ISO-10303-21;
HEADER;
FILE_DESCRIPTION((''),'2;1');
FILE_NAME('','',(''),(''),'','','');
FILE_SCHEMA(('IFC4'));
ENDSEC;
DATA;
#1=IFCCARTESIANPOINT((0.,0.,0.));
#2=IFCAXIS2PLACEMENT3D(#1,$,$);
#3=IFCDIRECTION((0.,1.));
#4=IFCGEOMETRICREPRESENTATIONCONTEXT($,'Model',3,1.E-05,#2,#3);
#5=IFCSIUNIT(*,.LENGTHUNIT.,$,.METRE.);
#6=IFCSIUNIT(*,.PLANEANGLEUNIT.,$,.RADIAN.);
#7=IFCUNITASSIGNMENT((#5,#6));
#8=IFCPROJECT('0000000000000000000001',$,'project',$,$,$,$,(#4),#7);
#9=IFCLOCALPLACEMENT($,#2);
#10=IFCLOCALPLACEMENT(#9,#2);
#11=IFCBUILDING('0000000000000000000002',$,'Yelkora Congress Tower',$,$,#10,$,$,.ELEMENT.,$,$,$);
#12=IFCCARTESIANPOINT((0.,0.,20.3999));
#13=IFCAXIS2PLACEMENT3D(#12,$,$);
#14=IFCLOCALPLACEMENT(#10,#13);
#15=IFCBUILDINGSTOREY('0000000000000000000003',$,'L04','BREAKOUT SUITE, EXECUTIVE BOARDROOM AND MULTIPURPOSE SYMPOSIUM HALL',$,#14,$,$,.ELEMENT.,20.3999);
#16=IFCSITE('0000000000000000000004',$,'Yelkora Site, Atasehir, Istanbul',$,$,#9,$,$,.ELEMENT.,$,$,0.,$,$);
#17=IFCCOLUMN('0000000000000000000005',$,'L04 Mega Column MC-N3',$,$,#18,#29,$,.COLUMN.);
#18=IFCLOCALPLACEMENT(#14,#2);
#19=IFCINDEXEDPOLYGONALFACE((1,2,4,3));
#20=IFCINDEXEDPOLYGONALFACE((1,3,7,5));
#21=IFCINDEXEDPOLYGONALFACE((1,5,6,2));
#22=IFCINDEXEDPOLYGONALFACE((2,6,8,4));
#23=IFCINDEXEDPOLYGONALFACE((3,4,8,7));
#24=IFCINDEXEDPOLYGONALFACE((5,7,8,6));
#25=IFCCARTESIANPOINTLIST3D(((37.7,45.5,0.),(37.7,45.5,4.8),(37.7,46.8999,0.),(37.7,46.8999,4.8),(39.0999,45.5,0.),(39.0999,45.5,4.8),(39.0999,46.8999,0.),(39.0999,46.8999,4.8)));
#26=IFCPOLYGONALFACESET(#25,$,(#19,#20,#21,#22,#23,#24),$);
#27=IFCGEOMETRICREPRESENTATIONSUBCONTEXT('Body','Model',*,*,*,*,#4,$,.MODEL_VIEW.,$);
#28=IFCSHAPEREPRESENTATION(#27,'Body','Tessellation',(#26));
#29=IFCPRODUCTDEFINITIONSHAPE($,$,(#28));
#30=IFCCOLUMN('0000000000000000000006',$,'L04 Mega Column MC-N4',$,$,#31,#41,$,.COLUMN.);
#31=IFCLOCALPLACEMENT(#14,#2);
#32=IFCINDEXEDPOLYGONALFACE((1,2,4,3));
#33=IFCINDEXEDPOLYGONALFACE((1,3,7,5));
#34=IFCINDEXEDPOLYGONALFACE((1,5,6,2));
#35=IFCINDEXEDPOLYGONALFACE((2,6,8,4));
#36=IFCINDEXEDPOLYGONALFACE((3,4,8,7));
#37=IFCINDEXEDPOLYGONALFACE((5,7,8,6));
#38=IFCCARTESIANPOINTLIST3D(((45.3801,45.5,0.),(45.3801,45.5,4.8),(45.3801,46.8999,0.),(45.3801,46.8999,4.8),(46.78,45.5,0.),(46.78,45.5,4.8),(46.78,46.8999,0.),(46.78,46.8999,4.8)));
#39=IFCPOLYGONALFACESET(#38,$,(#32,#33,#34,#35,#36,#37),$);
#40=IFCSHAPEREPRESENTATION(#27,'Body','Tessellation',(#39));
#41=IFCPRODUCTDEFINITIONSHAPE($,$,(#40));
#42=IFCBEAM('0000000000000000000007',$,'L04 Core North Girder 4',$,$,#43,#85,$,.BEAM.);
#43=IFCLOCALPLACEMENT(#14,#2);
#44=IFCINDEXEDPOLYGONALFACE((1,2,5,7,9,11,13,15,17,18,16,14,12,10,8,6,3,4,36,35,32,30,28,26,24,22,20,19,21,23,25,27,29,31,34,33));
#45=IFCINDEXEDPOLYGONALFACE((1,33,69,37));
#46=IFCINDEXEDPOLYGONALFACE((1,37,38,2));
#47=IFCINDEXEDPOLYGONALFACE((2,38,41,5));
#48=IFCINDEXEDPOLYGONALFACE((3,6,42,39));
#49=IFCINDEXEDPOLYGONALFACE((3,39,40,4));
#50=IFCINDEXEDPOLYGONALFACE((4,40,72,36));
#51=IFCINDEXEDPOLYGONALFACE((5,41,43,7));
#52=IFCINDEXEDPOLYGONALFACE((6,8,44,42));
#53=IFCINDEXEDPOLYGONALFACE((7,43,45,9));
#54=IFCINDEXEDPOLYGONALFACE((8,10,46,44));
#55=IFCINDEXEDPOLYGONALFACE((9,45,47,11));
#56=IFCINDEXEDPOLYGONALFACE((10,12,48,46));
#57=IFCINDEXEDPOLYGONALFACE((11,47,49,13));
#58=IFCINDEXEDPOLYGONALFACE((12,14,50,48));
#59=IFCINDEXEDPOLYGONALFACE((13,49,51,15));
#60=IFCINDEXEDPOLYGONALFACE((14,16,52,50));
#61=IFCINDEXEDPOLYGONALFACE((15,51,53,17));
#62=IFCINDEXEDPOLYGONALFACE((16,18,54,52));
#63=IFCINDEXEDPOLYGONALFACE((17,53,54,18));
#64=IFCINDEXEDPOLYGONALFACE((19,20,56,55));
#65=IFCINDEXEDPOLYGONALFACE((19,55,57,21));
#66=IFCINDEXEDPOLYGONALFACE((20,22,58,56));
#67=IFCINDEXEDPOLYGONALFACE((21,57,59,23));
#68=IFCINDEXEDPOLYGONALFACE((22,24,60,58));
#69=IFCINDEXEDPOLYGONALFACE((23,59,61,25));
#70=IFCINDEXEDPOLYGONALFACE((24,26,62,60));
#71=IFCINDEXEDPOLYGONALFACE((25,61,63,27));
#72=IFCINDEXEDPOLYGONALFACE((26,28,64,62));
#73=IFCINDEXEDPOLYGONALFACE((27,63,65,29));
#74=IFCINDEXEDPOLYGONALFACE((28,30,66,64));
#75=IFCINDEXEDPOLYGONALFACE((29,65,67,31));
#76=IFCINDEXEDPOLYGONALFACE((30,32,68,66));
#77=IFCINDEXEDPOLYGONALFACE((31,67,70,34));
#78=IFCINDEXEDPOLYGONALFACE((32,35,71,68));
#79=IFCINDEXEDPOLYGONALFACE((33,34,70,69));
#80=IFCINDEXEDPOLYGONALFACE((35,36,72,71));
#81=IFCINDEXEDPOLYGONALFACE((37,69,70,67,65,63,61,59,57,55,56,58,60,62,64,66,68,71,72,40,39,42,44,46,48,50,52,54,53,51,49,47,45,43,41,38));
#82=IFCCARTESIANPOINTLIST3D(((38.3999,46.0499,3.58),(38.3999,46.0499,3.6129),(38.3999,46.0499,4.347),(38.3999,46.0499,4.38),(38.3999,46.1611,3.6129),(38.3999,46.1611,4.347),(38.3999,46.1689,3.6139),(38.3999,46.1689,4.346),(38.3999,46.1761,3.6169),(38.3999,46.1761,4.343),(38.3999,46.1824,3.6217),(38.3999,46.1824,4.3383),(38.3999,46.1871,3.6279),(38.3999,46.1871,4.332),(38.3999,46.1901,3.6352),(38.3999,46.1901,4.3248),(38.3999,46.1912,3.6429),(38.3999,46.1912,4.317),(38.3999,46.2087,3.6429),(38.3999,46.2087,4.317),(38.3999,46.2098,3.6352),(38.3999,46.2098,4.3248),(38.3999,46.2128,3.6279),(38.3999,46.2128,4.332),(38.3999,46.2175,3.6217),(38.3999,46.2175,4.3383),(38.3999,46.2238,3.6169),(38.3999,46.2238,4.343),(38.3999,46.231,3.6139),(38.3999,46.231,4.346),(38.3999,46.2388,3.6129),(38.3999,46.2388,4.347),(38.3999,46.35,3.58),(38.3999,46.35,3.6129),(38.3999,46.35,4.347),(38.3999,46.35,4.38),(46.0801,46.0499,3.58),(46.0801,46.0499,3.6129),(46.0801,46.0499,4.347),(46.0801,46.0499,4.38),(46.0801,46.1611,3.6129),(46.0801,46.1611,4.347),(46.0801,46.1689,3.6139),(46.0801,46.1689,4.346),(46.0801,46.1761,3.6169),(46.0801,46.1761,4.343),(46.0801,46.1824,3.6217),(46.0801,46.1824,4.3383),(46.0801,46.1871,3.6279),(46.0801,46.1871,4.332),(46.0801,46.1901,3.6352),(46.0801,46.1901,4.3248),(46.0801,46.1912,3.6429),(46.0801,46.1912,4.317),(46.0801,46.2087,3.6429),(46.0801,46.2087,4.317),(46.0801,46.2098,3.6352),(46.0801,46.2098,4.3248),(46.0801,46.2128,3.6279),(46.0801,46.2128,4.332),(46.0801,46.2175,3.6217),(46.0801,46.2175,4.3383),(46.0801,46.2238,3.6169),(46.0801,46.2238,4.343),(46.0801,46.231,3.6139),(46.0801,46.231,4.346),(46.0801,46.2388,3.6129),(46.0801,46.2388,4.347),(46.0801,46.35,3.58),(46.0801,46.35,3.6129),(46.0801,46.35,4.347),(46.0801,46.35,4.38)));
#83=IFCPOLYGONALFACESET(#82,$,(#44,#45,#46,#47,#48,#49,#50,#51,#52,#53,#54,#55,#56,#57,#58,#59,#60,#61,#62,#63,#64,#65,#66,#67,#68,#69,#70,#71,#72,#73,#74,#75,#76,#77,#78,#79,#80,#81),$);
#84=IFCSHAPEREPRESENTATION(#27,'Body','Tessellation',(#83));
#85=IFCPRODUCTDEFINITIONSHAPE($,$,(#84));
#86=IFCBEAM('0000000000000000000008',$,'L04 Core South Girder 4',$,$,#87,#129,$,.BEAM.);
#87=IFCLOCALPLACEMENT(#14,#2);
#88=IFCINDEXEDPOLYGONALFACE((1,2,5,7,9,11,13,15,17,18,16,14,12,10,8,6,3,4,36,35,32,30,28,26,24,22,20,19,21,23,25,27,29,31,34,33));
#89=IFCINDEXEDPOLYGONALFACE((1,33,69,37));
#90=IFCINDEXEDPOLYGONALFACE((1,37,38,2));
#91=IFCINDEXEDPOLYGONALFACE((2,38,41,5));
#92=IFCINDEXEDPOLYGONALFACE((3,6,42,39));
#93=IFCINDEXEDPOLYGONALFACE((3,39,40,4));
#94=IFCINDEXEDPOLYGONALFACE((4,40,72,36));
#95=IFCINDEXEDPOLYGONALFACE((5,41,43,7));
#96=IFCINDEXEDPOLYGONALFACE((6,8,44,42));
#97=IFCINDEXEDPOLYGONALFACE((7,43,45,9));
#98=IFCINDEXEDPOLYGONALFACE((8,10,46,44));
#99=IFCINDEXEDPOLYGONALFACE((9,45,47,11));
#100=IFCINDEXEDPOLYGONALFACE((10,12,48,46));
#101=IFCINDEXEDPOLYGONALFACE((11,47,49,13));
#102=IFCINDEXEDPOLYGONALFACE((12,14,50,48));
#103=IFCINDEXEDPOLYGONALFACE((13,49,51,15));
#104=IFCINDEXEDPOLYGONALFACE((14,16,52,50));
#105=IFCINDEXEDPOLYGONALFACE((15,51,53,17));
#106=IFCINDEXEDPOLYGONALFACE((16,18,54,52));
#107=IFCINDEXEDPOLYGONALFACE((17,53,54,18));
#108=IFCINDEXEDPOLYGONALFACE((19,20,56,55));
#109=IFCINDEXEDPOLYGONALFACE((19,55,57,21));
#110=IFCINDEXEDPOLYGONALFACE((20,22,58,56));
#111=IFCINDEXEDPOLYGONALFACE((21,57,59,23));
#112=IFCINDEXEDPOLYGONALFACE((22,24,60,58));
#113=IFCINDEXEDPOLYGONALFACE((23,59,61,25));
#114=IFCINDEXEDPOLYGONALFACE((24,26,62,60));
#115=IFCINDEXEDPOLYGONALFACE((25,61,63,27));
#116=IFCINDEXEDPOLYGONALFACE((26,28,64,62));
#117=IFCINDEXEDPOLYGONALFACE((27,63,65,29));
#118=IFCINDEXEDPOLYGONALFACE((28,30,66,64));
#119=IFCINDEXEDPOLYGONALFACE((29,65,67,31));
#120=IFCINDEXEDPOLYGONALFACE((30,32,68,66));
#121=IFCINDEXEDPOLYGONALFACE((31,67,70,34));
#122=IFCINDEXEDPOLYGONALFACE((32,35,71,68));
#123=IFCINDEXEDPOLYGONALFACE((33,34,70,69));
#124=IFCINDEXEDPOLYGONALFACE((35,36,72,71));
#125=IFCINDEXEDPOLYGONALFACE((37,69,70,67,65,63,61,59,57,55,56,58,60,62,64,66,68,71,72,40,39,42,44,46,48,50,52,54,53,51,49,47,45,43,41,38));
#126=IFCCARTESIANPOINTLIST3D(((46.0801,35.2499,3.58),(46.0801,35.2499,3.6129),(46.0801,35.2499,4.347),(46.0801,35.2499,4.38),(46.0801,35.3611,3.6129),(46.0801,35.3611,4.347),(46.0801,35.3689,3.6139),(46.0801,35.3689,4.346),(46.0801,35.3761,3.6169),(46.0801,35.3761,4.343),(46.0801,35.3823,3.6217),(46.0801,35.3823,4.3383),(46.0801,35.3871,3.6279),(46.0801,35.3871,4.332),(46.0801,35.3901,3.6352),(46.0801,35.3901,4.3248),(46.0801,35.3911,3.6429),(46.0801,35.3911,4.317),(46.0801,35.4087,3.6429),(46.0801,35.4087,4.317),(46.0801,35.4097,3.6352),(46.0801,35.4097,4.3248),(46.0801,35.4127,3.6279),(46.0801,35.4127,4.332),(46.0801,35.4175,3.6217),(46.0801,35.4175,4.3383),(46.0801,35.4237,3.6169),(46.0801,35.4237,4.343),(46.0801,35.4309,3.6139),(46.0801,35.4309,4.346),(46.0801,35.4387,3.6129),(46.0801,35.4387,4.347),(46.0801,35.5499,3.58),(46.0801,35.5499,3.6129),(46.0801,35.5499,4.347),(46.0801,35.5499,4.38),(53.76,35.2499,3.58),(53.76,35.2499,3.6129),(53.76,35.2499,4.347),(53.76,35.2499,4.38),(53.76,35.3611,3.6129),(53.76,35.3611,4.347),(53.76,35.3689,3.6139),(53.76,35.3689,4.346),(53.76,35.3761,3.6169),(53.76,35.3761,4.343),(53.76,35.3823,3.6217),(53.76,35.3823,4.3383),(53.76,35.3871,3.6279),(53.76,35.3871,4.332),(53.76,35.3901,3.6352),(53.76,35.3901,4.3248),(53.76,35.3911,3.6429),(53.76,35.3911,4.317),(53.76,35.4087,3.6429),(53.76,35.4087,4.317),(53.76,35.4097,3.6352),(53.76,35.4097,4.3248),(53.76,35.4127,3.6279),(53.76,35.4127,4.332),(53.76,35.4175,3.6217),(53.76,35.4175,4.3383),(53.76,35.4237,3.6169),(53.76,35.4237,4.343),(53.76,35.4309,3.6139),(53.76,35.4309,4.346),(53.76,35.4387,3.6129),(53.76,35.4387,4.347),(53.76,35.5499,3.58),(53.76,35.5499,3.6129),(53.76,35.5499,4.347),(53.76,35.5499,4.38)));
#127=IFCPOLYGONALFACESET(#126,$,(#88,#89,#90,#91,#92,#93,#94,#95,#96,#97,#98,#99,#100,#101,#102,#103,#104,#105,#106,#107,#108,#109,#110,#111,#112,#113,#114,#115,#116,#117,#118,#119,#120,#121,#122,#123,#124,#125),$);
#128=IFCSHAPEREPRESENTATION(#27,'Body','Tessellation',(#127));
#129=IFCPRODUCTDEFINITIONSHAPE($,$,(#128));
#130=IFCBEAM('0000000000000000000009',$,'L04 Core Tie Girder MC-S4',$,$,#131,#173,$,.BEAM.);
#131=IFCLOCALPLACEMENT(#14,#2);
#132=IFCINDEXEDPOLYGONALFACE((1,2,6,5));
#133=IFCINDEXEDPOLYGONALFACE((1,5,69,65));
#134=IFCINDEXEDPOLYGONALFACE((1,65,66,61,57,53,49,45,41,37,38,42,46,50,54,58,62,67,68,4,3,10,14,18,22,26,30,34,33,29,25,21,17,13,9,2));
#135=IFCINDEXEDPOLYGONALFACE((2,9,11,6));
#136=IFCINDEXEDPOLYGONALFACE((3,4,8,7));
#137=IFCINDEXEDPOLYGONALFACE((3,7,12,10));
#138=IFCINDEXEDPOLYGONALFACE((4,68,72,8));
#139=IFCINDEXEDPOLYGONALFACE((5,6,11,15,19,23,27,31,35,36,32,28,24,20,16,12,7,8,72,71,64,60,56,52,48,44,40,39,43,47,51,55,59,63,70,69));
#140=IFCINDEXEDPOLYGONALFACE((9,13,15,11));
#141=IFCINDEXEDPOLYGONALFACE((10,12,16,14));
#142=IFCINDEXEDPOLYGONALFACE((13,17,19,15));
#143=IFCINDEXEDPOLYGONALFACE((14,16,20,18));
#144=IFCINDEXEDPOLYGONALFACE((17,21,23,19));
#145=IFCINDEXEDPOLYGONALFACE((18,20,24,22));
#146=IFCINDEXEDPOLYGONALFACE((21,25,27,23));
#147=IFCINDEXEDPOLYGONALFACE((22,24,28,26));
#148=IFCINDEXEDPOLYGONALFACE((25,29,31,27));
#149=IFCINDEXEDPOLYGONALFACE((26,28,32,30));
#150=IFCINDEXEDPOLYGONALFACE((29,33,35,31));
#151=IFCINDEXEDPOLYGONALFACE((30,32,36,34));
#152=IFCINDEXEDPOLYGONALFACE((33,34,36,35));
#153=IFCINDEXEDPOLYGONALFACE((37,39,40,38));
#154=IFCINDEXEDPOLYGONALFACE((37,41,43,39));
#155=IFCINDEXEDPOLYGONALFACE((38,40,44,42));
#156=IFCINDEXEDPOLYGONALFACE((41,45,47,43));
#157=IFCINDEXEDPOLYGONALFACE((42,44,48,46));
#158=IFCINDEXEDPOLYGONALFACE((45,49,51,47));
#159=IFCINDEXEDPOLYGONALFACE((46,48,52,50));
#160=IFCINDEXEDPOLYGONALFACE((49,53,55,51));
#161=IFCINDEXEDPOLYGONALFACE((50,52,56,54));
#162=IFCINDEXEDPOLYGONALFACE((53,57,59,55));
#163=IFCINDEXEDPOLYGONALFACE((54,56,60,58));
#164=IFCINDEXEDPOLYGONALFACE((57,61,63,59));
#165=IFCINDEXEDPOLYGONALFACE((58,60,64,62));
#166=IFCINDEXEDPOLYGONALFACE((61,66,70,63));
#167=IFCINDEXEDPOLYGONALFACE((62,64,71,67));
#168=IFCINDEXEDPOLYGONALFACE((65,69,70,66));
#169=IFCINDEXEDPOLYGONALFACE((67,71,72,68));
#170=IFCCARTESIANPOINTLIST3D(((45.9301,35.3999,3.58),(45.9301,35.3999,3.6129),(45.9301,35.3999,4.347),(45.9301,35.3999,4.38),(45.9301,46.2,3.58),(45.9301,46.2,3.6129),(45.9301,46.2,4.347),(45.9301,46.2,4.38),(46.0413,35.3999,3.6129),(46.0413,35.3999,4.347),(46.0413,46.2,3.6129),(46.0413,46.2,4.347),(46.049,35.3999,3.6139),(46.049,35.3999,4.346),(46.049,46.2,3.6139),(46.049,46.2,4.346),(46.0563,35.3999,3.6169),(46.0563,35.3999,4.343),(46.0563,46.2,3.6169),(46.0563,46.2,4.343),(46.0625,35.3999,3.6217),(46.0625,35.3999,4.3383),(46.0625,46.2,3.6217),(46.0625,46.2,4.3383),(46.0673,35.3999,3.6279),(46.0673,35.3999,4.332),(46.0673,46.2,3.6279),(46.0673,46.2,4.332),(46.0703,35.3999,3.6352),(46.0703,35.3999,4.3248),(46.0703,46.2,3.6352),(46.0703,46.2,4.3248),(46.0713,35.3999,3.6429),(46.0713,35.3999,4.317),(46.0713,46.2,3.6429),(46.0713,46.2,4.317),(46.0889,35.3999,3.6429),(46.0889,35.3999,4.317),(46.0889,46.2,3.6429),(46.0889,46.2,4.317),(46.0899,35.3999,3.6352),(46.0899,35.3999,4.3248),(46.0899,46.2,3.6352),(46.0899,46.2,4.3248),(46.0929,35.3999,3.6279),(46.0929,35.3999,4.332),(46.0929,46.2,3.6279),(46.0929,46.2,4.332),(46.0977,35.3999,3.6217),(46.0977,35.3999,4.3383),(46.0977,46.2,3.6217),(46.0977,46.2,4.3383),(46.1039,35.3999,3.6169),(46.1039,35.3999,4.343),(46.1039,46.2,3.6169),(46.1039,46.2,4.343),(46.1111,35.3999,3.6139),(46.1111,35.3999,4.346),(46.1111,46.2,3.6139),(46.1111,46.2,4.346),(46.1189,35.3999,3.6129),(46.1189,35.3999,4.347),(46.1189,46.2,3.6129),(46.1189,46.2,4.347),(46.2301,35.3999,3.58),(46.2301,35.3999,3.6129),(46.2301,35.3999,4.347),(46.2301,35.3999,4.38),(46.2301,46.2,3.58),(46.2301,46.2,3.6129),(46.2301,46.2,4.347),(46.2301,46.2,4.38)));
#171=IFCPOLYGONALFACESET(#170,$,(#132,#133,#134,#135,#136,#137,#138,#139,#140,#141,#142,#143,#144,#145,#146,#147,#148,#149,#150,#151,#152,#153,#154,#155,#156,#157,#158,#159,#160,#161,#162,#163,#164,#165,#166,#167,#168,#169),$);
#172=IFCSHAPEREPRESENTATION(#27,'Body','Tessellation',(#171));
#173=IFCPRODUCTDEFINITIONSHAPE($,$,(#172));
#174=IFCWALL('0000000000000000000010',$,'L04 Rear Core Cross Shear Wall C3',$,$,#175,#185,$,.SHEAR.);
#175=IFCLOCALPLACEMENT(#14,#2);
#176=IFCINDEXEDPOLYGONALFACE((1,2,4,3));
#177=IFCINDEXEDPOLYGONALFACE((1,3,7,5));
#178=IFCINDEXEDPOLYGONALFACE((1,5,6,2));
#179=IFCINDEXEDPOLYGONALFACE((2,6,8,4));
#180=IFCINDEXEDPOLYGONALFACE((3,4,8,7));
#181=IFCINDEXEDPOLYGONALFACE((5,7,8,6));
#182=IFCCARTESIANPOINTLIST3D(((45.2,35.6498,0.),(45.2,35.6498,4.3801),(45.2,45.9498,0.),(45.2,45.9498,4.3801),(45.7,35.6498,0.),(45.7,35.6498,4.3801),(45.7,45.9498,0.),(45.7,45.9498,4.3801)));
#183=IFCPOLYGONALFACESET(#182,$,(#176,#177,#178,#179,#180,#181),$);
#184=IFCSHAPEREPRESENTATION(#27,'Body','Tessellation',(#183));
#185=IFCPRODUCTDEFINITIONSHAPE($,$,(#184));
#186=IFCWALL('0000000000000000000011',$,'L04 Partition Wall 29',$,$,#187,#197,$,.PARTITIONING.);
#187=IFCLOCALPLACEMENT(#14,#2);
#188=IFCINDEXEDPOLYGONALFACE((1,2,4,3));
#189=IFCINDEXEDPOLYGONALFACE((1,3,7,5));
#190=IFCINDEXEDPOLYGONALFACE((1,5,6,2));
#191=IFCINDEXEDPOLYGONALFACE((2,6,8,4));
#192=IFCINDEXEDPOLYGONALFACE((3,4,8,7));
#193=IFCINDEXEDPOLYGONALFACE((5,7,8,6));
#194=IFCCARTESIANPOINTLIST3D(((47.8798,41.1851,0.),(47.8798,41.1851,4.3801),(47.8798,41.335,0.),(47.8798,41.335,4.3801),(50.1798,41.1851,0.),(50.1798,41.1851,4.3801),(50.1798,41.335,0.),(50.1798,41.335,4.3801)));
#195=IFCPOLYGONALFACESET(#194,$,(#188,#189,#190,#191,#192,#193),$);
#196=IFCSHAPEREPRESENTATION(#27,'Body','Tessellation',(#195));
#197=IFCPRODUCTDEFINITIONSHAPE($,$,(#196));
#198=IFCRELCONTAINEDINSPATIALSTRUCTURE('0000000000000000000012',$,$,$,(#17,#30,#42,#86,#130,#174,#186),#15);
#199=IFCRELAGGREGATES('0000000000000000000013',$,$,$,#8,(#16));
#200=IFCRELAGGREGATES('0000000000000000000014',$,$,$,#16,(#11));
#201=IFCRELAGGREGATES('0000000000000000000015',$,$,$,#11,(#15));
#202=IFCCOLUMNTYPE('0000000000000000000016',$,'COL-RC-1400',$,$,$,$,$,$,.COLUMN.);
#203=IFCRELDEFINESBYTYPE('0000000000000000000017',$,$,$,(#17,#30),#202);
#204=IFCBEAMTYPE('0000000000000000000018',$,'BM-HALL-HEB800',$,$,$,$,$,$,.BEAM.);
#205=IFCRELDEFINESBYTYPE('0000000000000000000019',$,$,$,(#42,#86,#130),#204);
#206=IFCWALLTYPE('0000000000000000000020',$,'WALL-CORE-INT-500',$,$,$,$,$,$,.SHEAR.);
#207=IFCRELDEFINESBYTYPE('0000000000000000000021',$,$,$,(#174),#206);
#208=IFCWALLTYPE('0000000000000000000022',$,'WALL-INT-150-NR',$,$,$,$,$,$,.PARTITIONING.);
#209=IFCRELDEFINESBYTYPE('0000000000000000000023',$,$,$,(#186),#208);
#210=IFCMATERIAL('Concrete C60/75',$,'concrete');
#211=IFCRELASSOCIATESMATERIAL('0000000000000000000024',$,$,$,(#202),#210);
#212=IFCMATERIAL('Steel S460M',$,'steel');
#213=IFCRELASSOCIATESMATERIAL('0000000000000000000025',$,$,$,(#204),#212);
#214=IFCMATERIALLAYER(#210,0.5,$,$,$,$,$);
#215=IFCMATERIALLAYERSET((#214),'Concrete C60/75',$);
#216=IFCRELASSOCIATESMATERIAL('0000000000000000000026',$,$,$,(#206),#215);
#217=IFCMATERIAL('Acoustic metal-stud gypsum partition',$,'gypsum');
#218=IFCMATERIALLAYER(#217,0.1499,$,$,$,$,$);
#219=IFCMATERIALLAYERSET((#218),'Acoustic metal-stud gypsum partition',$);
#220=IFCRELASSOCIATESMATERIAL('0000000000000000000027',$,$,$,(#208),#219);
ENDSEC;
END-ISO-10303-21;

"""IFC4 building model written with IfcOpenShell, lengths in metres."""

from ifc_helpers import new_model, si_unit, direction, frame, frame_2d, origin, origin_2d, place, context, subcontext, project, spatial, rectangle, i_section, extrude, material, layer, layer_set, material_profile, profile_set, type_object, element, save


model = new_model("IFC4")

# Units and contexts
model_context = context("Model", 3, precision=1e-05, world=origin(), true_north=direction((0.0, 1.0)))
body_context = subcontext(model_context, "Body", "Model", "MODEL_VIEW")
ifc_project = project(units=[si_unit("LENGTHUNIT", "METRE"), si_unit("PLANEANGLEUNIT", "RADIAN")], contexts=[model_context])

# Site, building, storey
site_placement = place(None, origin())
site = spatial("IfcSite", under=ifc_project, at=site_placement, Name="Yelkora Site, Atasehir, Istanbul", CompositionType="ELEMENT", RefElevation=0.0)
building_placement = place(site_placement, origin())
building = spatial("IfcBuilding", under=site, at=building_placement, Name="Yelkora Congress Tower", CompositionType="ELEMENT")
storey_placement = place(building_placement, frame((0.0, 0.0, 20.3999)))
storey = spatial("IfcBuildingStorey", under=building, at=storey_placement, Name="L04", Description="BREAKOUT SUITE, EXECUTIVE BOARDROOM AND MULTIPURPOSE SYMPOSIUM HALL", CompositionType="ELEMENT", Elevation=20.3999)

# Columns
ifc_material_1 = material(Name="Concrete C60/75", Category="concrete")
ifc_material_profile_1 = material_profile(ifc_material_1, rectangle(XDim=1.3999, YDim=1.3999, at=origin_2d()), Name="RC 1400x1400")
ifc_profile_set_1 = profile_set([ifc_material_profile_1], Name="Concrete C60/75")
column_type = type_object("IfcColumnType", Name="COL-RC-1400", PredefinedType="COLUMN", material=ifc_profile_set_1)
for number, where, z_axis, x_axis, name in (
    (1, (38.3999, 46.2, 0.0), (0.0, 0.0, 1.0), (1.0, 0.0, 0.0), "L04 Mega Column MC-N3"),
    (2, (46.0801, 46.2, 0.0), (0.0, 0.0, 1.0), (1.0, 0.0, 0.0), "L04 Mega Column MC-N4"),
):
    element("IfcColumn", number, at=place(storey_placement, frame(where, z_axis=z_axis, x_axis=x_axis)), inside=storey, type_object=column_type, Name=name, PredefinedType="COLUMN", context=body_context, shape_type="SweptSolid", body=[
        extrude(rectangle(XDim=1.3999, YDim=1.3999, at=origin_2d()), origin(), (0.0, 0.0, 1.0), 4.8),
    ])

# Beams
ifc_material_2 = material(Name="Steel S460M", Category="steel")
ifc_material_profile_2 = material_profile(ifc_material_2, i_section(OverallWidth=0.3, OverallDepth=0.8, WebThickness=0.0176, FlangeThickness=0.033, FilletRadius=0.03, at=origin_2d()), Name="HEB 800")
ifc_profile_set_2 = profile_set([ifc_material_profile_2], Name="Steel S460M")
beam_type = type_object("IfcBeamType", Name="BM-HALL-HEB800", PredefinedType="BEAM", material=ifc_profile_set_2)
beam_1_placement = place(storey_placement, frame((38.3999, 46.2, 3.98), z_axis=(1.0, 0.0, 0.0), x_axis=(0.0, 1.0, 0.0)))
element("IfcBeam", 3, at=beam_1_placement, inside=storey, type_object=beam_type, Name="L04 Core North Girder 4", PredefinedType="BEAM", context=body_context, shape_type="SweptSolid", body=[
    extrude(i_section(OverallWidth=0.3, OverallDepth=0.8, WebThickness=0.0176, FlangeThickness=0.033, FilletRadius=0.03, at=origin_2d()), origin(), (0.0, 0.0, 1.0), 7.6802),
])
beam_2_placement = place(storey_placement, frame((46.0801, 35.3999, 3.98), z_axis=(1.0, 0.0, 0.0), x_axis=(0.0, 1.0, 0.0)))
element("IfcBeam", 4, at=beam_2_placement, inside=storey, type_object=beam_type, Name="L04 Core South Girder 4", PredefinedType="BEAM", context=body_context, shape_type="SweptSolid", body=[
    extrude(i_section(OverallWidth=0.3, OverallDepth=0.8, WebThickness=0.0176, FlangeThickness=0.033, FilletRadius=0.03, at=origin_2d()), origin(), (0.0, 0.0, 1.0), 7.6799),
])
beam_3_placement = place(storey_placement, frame((46.0801, 35.3999, 3.98), z_axis=(0.0, 1.0, 0.0), x_axis=(-1.0, 0.0, 0.0)))
element("IfcBeam", 5, at=beam_3_placement, inside=storey, type_object=beam_type, Name="L04 Core Tie Girder MC-S4", PredefinedType="BEAM", context=body_context, shape_type="SweptSolid", body=[
    extrude(i_section(OverallWidth=0.3, OverallDepth=0.8, WebThickness=0.0176, FlangeThickness=0.033, FilletRadius=0.03, at=origin_2d()), origin(), (0.0, 0.0, 1.0), 10.8),
])

# Wall
ifc_layer_1 = layer(ifc_material_1, 0.5)
ifc_layer_set_1 = layer_set([ifc_layer_1], Name="Concrete C60/75")
wall_type_1 = type_object("IfcWallType", Name="WALL-CORE-INT-500", PredefinedType="SHEAR", material=ifc_layer_set_1)
wall_1_placement = place(storey_placement, frame((45.45, 35.6499, 0.0), z_axis=(0.0, 0.0, 1.0), x_axis=(0.0, 1.0, 0.0)))
element("IfcWall", 6, at=wall_1_placement, inside=storey, type_object=wall_type_1, Name="L04 Rear Core Cross Shear Wall C3", PredefinedType="SHEAR", context=body_context, shape_type="SweptSolid", body=[
    extrude(rectangle(XDim=10.3, YDim=0.5, at=frame_2d((5.1499, 0.0))), origin(), (0.0, 0.0, 1.0), 4.3801),
])

# Shared definitions
ifc_material_3 = material(Name="Acoustic metal-stud gypsum partition", Category="gypsum")
ifc_layer_2 = layer(ifc_material_3, 0.1499)
ifc_layer_set_2 = layer_set([ifc_layer_2], Name="Acoustic metal-stud gypsum partition")
wall_type_2 = type_object("IfcWallType", Name="WALL-INT-150-NR", PredefinedType="PARTITIONING", material=ifc_layer_set_2)

# Wall
wall_2_placement = place(storey_placement, frame((47.8799, 41.26, 0.0), z_axis=(0.0, 0.0, 1.0), x_axis=(1.0, 0.0, 0.0)))
element("IfcWall", 7, at=wall_2_placement, inside=storey, type_object=wall_type_2, Name="L04 Partition Wall 29", PredefinedType="PARTITIONING", context=body_context, shape_type="SweptSolid", body=[
    extrude(rectangle(XDim=2.3, YDim=0.1499, at=frame_2d((1.1499, 0.0))), origin(), (0.0, 0.0, 1.0), 4.3801),
])

save(model, "model.ifc")
